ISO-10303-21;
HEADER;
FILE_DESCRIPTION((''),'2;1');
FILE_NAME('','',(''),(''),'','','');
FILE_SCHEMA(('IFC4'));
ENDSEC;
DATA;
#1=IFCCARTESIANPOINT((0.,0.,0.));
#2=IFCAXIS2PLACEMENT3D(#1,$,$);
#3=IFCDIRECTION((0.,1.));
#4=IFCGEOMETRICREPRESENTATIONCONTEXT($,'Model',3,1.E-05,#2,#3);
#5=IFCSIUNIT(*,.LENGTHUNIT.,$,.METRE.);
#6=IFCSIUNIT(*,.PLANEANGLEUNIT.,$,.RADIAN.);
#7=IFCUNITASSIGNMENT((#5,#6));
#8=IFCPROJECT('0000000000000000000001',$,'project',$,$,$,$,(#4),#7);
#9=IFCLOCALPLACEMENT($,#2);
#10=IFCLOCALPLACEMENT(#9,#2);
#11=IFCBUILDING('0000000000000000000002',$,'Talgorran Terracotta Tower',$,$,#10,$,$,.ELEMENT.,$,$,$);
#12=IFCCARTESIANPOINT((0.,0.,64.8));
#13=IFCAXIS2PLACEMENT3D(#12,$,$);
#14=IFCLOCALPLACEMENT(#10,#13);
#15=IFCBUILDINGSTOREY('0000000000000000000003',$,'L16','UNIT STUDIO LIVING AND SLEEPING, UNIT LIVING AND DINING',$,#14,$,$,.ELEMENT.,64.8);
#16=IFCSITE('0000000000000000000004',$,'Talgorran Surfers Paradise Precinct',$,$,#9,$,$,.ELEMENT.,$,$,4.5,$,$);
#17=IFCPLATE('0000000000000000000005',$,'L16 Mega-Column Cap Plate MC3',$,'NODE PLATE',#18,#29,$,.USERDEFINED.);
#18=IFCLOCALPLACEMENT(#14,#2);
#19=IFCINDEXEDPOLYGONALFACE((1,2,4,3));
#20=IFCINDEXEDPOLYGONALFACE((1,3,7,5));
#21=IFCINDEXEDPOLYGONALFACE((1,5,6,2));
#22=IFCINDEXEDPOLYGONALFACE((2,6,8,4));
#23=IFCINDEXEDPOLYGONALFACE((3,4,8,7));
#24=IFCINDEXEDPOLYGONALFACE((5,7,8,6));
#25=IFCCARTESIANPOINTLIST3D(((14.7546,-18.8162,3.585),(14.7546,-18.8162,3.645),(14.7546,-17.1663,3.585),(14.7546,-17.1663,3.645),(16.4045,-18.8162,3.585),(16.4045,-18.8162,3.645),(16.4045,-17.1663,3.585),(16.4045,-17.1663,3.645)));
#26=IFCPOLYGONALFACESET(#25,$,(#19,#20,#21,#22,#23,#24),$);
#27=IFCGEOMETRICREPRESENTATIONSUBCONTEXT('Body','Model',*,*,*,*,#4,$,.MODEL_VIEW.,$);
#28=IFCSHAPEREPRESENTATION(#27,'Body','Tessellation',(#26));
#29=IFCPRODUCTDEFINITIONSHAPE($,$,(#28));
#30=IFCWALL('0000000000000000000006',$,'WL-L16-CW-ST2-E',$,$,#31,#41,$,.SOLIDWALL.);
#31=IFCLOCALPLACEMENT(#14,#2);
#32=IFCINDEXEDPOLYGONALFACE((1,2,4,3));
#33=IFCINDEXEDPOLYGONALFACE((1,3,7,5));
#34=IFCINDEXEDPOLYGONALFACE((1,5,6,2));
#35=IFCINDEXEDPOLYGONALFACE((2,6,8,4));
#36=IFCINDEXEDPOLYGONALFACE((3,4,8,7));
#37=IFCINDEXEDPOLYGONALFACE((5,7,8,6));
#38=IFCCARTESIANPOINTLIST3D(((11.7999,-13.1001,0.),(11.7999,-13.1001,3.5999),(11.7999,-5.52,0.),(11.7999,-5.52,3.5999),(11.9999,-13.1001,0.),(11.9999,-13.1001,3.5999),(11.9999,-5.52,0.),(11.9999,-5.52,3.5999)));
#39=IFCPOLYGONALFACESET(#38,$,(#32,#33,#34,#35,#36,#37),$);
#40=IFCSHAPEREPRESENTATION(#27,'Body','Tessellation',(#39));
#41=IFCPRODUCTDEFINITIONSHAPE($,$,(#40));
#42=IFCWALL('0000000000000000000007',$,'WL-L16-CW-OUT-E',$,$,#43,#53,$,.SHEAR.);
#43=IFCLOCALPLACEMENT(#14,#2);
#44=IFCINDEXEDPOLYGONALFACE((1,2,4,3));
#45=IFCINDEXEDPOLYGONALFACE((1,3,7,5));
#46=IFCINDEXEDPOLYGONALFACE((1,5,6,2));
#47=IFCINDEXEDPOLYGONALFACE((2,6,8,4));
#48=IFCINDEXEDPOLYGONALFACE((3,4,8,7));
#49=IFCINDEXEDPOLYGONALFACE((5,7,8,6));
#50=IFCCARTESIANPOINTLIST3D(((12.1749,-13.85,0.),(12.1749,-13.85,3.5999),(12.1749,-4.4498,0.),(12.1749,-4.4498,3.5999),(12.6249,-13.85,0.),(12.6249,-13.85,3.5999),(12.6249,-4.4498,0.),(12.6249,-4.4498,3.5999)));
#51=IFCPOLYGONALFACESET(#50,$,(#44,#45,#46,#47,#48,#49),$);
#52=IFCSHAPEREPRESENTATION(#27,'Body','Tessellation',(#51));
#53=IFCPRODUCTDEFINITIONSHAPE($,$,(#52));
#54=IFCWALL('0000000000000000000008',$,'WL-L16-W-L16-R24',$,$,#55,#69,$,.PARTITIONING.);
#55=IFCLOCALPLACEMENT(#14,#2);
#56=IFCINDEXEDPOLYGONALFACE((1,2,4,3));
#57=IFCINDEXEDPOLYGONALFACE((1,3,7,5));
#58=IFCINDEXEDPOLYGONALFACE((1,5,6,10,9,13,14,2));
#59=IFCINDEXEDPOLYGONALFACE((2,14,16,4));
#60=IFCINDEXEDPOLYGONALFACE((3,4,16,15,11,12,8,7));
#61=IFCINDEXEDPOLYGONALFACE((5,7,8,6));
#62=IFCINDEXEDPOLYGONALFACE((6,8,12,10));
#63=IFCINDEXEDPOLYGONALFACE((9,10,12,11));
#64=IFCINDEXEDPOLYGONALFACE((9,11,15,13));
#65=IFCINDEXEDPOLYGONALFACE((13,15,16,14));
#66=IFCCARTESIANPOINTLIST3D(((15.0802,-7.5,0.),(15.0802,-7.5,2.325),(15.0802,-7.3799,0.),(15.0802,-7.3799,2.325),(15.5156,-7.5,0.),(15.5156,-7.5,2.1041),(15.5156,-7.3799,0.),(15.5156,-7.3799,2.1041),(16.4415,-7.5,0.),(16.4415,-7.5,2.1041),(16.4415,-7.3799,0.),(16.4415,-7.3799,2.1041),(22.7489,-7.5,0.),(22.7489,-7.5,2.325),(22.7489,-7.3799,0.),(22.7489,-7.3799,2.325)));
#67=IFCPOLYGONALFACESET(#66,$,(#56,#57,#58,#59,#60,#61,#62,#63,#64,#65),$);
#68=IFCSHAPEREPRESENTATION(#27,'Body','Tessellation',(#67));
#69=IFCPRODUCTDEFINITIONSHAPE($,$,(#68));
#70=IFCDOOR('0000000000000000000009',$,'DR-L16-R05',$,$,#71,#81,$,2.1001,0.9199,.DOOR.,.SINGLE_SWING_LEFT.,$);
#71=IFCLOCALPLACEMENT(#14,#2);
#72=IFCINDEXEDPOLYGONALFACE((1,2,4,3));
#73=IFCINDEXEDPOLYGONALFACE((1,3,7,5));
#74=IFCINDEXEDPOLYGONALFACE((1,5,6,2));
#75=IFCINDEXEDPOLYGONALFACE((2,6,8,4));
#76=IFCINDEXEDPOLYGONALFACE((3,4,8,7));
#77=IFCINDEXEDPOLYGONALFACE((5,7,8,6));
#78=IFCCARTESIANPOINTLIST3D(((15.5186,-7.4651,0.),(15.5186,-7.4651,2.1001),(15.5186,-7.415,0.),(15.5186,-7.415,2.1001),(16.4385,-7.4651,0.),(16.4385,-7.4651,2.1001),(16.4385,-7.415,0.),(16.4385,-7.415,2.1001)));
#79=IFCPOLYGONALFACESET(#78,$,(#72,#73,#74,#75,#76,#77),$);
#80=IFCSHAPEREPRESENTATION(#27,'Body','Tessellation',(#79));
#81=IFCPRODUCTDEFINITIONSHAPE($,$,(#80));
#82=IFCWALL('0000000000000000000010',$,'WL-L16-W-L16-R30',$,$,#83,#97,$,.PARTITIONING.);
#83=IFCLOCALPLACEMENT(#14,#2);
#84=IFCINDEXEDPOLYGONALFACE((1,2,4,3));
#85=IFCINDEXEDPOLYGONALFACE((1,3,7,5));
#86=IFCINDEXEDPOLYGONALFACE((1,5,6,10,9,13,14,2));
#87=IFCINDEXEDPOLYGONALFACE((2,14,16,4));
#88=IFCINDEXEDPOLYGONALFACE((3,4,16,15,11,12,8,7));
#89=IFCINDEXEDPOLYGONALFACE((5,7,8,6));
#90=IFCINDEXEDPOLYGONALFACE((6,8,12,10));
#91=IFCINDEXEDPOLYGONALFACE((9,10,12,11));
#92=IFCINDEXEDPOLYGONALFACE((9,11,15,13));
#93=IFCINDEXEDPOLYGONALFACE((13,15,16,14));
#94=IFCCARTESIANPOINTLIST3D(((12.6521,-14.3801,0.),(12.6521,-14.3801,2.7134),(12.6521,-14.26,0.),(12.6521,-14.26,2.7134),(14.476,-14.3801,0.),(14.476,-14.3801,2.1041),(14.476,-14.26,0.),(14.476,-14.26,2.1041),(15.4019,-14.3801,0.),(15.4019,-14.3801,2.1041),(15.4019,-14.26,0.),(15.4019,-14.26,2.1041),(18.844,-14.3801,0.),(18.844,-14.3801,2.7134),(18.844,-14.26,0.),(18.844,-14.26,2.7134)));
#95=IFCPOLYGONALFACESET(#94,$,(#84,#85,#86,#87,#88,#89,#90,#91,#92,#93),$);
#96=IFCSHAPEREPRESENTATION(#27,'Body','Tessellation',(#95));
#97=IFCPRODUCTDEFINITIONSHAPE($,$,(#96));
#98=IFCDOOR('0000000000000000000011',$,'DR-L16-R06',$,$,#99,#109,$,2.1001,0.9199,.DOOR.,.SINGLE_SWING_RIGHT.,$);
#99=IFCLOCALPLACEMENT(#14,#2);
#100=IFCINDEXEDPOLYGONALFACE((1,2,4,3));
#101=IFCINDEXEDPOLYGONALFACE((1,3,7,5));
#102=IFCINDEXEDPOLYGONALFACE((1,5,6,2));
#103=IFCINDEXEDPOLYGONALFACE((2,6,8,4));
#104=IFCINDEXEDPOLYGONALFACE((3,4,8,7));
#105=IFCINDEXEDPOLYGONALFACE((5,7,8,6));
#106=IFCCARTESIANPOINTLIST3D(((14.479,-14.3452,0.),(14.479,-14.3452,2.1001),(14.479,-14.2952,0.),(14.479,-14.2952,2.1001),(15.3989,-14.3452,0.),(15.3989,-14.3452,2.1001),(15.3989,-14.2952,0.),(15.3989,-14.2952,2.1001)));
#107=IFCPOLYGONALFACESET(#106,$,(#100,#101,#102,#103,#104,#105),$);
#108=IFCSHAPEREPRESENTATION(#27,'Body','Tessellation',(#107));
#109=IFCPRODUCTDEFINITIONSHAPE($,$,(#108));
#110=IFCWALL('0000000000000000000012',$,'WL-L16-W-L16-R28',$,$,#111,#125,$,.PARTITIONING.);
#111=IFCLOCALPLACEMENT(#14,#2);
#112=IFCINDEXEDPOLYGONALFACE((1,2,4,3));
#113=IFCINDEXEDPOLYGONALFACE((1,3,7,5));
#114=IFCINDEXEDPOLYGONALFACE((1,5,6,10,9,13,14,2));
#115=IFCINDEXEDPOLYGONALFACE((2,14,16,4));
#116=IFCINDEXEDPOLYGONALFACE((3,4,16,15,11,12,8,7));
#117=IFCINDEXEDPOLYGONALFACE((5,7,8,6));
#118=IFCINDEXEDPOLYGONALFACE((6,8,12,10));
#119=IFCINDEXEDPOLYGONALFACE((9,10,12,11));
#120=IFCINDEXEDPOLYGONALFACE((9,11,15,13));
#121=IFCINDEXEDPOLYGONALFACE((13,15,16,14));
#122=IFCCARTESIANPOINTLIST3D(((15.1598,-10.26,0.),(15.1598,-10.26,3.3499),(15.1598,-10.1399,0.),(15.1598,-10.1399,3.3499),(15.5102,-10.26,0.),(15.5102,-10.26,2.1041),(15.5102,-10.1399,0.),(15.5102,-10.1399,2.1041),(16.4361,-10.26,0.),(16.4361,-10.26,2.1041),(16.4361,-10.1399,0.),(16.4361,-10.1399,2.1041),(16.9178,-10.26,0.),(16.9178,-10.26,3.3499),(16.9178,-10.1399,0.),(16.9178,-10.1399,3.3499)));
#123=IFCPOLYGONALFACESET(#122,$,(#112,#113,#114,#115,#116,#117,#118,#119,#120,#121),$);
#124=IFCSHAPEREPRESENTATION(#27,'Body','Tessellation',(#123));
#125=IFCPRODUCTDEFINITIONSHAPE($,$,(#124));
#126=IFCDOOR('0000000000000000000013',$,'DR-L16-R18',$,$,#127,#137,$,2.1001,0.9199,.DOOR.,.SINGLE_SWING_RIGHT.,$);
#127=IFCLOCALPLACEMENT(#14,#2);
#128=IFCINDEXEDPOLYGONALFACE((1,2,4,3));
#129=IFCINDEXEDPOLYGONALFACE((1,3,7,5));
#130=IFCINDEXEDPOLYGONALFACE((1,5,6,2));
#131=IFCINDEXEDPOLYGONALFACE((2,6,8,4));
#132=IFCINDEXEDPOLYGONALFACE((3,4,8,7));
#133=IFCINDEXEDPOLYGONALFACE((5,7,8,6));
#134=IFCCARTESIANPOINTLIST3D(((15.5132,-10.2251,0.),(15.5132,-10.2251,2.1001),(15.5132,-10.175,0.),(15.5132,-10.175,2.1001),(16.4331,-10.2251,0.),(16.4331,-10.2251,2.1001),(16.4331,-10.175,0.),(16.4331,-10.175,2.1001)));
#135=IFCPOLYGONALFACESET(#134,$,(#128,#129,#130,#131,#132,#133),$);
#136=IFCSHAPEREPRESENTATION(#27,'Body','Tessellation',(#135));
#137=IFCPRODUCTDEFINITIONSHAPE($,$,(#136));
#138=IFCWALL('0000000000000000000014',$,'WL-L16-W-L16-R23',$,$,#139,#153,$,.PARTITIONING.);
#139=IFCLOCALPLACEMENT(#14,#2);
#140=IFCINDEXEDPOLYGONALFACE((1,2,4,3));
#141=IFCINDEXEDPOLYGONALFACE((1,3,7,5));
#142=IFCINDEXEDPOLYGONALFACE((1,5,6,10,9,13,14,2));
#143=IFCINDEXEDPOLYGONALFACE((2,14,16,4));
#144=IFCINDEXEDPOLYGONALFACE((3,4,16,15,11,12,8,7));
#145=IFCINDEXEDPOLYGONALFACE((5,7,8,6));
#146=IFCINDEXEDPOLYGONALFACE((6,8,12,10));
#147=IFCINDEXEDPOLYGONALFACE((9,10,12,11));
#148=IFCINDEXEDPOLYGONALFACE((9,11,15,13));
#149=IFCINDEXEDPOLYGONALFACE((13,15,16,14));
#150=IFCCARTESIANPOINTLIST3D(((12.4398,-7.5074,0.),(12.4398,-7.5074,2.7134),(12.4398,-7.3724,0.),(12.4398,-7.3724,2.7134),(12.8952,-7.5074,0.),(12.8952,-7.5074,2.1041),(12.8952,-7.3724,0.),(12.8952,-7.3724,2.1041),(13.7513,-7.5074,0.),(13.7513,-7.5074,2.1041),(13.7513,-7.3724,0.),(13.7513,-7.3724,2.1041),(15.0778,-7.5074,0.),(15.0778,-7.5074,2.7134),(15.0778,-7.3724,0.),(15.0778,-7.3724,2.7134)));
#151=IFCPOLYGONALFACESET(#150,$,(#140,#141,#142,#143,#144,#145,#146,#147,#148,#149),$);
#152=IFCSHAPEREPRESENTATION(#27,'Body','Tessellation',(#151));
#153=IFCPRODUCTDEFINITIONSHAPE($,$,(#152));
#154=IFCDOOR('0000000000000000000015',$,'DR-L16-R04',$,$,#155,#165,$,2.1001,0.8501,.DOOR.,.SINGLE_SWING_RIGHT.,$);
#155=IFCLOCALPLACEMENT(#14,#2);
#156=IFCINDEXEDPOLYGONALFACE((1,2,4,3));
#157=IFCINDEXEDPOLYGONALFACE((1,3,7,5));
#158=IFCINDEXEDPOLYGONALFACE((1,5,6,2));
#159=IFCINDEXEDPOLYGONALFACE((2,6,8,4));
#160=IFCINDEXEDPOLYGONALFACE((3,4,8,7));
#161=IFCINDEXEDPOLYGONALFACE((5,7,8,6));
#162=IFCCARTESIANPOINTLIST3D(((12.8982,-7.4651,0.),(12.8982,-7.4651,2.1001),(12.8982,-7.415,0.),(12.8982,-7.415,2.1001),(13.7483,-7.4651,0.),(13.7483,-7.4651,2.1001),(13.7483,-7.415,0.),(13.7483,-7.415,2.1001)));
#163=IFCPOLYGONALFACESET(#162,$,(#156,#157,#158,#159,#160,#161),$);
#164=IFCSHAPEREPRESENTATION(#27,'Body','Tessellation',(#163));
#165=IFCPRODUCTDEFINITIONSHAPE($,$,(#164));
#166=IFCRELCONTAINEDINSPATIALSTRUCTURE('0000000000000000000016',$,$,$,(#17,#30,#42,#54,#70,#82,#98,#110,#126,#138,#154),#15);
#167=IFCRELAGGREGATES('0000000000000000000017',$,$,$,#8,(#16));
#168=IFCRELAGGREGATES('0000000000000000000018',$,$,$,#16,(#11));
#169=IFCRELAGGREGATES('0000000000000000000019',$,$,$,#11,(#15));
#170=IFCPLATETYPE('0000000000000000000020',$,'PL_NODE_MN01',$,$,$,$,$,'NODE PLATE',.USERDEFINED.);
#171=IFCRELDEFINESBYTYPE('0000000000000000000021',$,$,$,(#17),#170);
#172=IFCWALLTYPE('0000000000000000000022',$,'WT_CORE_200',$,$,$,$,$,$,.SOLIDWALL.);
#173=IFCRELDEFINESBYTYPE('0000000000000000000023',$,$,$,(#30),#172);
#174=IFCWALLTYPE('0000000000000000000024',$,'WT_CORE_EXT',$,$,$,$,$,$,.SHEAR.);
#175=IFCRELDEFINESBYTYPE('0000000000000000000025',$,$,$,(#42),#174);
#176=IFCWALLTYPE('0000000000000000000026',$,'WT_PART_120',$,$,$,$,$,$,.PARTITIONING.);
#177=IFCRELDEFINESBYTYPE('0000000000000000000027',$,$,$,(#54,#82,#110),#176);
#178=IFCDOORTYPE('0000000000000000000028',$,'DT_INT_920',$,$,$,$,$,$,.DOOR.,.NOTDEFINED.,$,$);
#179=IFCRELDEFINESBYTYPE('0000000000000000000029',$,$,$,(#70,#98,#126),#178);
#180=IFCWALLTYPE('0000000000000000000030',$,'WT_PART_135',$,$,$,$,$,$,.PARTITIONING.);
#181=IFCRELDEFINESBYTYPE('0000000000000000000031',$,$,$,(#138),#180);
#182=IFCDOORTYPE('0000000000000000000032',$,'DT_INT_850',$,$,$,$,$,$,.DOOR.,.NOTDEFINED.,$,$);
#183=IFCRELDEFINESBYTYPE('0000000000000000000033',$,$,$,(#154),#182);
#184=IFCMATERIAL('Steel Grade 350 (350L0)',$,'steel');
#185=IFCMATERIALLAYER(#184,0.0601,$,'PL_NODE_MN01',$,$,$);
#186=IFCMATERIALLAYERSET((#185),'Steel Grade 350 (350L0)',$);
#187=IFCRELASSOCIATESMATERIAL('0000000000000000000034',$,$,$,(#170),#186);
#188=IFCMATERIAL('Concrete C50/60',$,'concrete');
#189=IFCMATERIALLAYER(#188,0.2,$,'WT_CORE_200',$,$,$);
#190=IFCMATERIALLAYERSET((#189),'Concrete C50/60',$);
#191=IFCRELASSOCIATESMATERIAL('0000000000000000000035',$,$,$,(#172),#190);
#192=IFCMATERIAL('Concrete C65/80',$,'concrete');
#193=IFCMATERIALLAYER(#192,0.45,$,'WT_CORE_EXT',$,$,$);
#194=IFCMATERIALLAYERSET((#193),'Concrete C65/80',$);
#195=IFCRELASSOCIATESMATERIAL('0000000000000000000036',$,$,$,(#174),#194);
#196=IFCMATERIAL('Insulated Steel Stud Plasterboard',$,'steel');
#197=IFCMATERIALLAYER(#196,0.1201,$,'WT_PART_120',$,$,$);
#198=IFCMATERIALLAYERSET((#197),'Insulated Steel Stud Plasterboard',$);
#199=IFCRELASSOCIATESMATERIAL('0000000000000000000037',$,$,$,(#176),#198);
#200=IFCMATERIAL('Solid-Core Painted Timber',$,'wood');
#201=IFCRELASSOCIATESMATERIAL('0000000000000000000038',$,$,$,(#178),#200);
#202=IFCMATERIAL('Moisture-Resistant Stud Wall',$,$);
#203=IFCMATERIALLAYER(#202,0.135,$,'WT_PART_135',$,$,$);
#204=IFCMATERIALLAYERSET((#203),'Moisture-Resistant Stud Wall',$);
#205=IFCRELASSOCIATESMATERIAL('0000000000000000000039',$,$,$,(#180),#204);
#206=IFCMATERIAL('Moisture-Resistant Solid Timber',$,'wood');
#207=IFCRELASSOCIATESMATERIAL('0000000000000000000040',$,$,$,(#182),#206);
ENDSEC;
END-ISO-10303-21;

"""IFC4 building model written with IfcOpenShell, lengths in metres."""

from ifc_helpers import new_model, si_unit, direction, frame, frame_2d, origin, origin_2d, place, context, subcontext, project, spatial, rectangle, extrude, material, layer, layer_set, type_object, element, fill, save


model = new_model("IFC4")

# Units and contexts
model_context = context("Model", 3, precision=1e-05, world=origin(), true_north=direction((0.0, 1.0)))
body_context = subcontext(model_context, "Body", "Model", "MODEL_VIEW")
ifc_project = project(units=[si_unit("LENGTHUNIT", "METRE"), si_unit("PLANEANGLEUNIT", "RADIAN")], contexts=[model_context])

# Site, building, storey
site_placement = place(None, origin())
site = spatial("IfcSite", under=ifc_project, at=site_placement, Name="Talgorran Surfers Paradise Precinct", CompositionType="ELEMENT", RefElevation=4.5)
building_placement = place(site_placement, origin())
building = spatial("IfcBuilding", under=site, at=building_placement, Name="Talgorran Terracotta Tower", CompositionType="ELEMENT")
storey_placement = place(building_placement, frame((0.0, 0.0, 64.8)))
storey = spatial("IfcBuildingStorey", under=building, at=storey_placement, Name="L16", Description="UNIT STUDIO LIVING AND SLEEPING, UNIT LIVING AND DINING", CompositionType="ELEMENT", Elevation=64.8)

# Shared definitions
ifc_material_1 = material(Name="Steel Grade 350 (350L0)", Category="steel")

# Plate
ifc_layer_1 = layer(ifc_material_1, 0.0601, Name="PL_NODE_MN01")
ifc_layer_set_1 = layer_set([ifc_layer_1], Name="Steel Grade 350 (350L0)")
plate_type = type_object("IfcPlateType", Name="PL_NODE_MN01", ElementType="NODE PLATE", PredefinedType="USERDEFINED", material=ifc_layer_set_1)
plate_placement = place(storey_placement, frame((15.5796, -17.9912, 3.585), z_axis=(0.0, 0.0, 1.0), x_axis=(1.0, 0.0, 0.0)))
element("IfcPlate", 1, at=plate_placement, inside=storey, type_object=plate_type, Name="L16 Mega-Column Cap Plate MC3", ObjectType="NODE PLATE", PredefinedType="USERDEFINED", context=body_context, shape_type="SweptSolid", body=[
    extrude(rectangle(XDim=1.6499, YDim=1.6499, at=origin_2d()), origin(), (0.0, 0.0, 1.0), 0.0601),
])

# Walls
ifc_material_2 = material(Name="Concrete C50/60", Category="concrete")
ifc_layer_2 = layer(ifc_material_2, 0.2, Name="WT_CORE_200")
ifc_layer_set_2 = layer_set([ifc_layer_2], Name="Concrete C50/60")
wall_type_1 = type_object("IfcWallType", Name="WT_CORE_200", PredefinedType="SOLIDWALL", material=ifc_layer_set_2)
wall_1_placement = place(storey_placement, frame((11.8999, -13.1001, 0.0), z_axis=(0.0, 0.0, 1.0), x_axis=(0.0, 1.0, 0.0)))
element("IfcWall", 2, at=wall_1_placement, inside=storey, type_object=wall_type_1, Name="WL-L16-CW-ST2-E", PredefinedType="SOLIDWALL", context=body_context, shape_type="SweptSolid", body=[
    extrude(rectangle(XDim=7.5801, YDim=0.2, at=frame_2d((3.79, 0.0))), origin(), (0.0, 0.0, 1.0), 3.5999),
])
ifc_material_3 = material(Name="Concrete C65/80", Category="concrete")
ifc_layer_3 = layer(ifc_material_3, 0.45, Name="WT_CORE_EXT")
ifc_layer_set_3 = layer_set([ifc_layer_3], Name="Concrete C65/80")
wall_type_2 = type_object("IfcWallType", Name="WT_CORE_EXT", PredefinedType="SHEAR", material=ifc_layer_set_3)
wall_2_placement = place(storey_placement, frame((12.3999, -13.8501, 0.0), z_axis=(0.0, 0.0, 1.0), x_axis=(0.0, 1.0, 0.0)))
element("IfcWall", 3, at=wall_2_placement, inside=storey, type_object=wall_type_2, Name="WL-L16-CW-OUT-E", PredefinedType="SHEAR", context=body_context, shape_type="SweptSolid", body=[
    extrude(rectangle(XDim=9.4001, YDim=0.45, at=frame_2d((4.7002, 0.0))), origin(), (0.0, 0.0, 1.0), 3.5999),
])

# Walls, openings, doors
ifc_material_4 = material(Name="Insulated Steel Stud Plasterboard", Category="steel")
ifc_layer_4 = layer(ifc_material_4, 0.1201, Name="WT_PART_120")
ifc_layer_set_4 = layer_set([ifc_layer_4], Name="Insulated Steel Stud Plasterboard")
wall_type_3 = type_object("IfcWallType", Name="WT_PART_120", PredefinedType="PARTITIONING", material=ifc_layer_set_4)
wall_3_placement = place(storey_placement, frame((15.0801, -7.4399, 0.0), z_axis=(0.0, 0.0, 1.0), x_axis=(1.0, 0.0, 0.0)))
wall_3 = element("IfcWall", 4, at=wall_3_placement, inside=storey, type_object=wall_type_3, Name="WL-L16-W-L16-R24", PredefinedType="PARTITIONING", context=body_context, shape_type="SweptSolid", body=[
    extrude(rectangle(XDim=7.6687, YDim=0.1201, at=frame_2d((3.8345, 0.0))), origin(), (0.0, 0.0, 1.0), 2.325),
])
opening_1_placement = place(wall_3_placement, frame((0.4385, 0.0, 0.0)))
opening_1 = element("IfcOpeningElement", 5, at=opening_1_placement, cuts=wall_3, PredefinedType="OPENING", context=body_context, shape_type="SweptSolid", body=[
    extrude(rectangle(XDim=0.9259, YDim=2.1041, at=frame_2d((0.46, 1.052))), frame((0.0, 0.0701, 0.0), z_axis=(0.0, -1.0, 0.0), x_axis=(1.0, 0.0, 0.0)), (0.0, 0.0, 1.0), 0.1401),
])
ifc_material_5 = material(Name="Solid-Core Painted Timber", Category="wood")
door_type_1 = type_object("IfcDoorType", Name="DT_INT_920", OperationType="NOTDEFINED", PredefinedType="DOOR", material=ifc_material_5)
door_1_placement = place(opening_1_placement, origin())
door_1 = element("IfcDoor", 6, at=door_1_placement, inside=storey, type_object=door_type_1, Name="DR-L16-R05", OperationType="SINGLE_SWING_LEFT", OverallHeight=2.1001, OverallWidth=0.9199, PredefinedType="DOOR", context=body_context, shape_type="SweptSolid", body=[
    extrude(rectangle(XDim=0.9199, YDim=2.1001, at=frame_2d((0.46, 1.05))), frame((0.0, 0.0249, 0.0), z_axis=(0.0, -1.0, 0.0), x_axis=(1.0, 0.0, 0.0)), (0.0, 0.0, 1.0), 0.05),
])
fill(opening_1, door_1)
wall_4_placement = place(storey_placement, frame((12.6521, -14.3201, 0.0), z_axis=(0.0, 0.0, 1.0), x_axis=(1.0, 0.0, 0.0)))
wall_4 = element("IfcWall", 7, at=wall_4_placement, inside=storey, type_object=wall_type_3, Name="WL-L16-W-L16-R30", PredefinedType="PARTITIONING", context=body_context, shape_type="SweptSolid", body=[
    extrude(rectangle(XDim=6.1919, YDim=0.1201, at=frame_2d((3.0959, 0.0))), origin(), (0.0, 0.0, 1.0), 2.7134),
])
opening_2_placement = place(wall_4_placement, frame((1.8269, 0.0, 0.0)))
opening_2 = element("IfcOpeningElement", 8, at=opening_2_placement, cuts=wall_4, PredefinedType="OPENING", context=body_context, shape_type="SweptSolid", body=[
    extrude(rectangle(XDim=0.9259, YDim=2.1041, at=frame_2d((0.46, 1.052))), frame((0.0, 0.0701, 0.0), z_axis=(0.0, -1.0, 0.0), x_axis=(1.0, 0.0, 0.0)), (0.0, 0.0, 1.0), 0.1401),
])
door_2_placement = place(opening_2_placement, origin())
door_2 = element("IfcDoor", 9, at=door_2_placement, inside=storey, type_object=door_type_1, Name="DR-L16-R06", OperationType="SINGLE_SWING_RIGHT", OverallHeight=2.1001, OverallWidth=0.9199, PredefinedType="DOOR", context=body_context, shape_type="SweptSolid", body=[
    extrude(rectangle(XDim=0.9199, YDim=2.1001, at=frame_2d((0.46, 1.05))), frame((0.0, 0.0249, 0.0), z_axis=(0.0, -1.0, 0.0), x_axis=(1.0, 0.0, 0.0)), (0.0, 0.0, 1.0), 0.05),
])
fill(opening_2, door_2)
wall_5_placement = place(storey_placement, frame((15.1599, -10.2, 0.0), z_axis=(0.0, 0.0, 1.0), x_axis=(1.0, 0.0, 0.0)))
wall_5 = element("IfcWall", 10, at=wall_5_placement, inside=storey, type_object=wall_type_3, Name="WL-L16-W-L16-R28", PredefinedType="PARTITIONING", context=body_context, shape_type="SweptSolid", body=[
    extrude(rectangle(XDim=1.7581, YDim=0.1201, at=frame_2d((0.8789, 0.0))), origin(), (0.0, 0.0, 1.0), 3.3499),
])
opening_3_placement = place(wall_5_placement, frame((0.3533, 0.0, 0.0)))
opening_3 = element("IfcOpeningElement", 11, at=opening_3_placement, cuts=wall_5, PredefinedType="OPENING", context=body_context, shape_type="SweptSolid", body=[
    extrude(rectangle(XDim=0.9259, YDim=2.1041, at=frame_2d((0.46, 1.052))), frame((0.0, 0.0701, 0.0), z_axis=(0.0, -1.0, 0.0), x_axis=(1.0, 0.0, 0.0)), (0.0, 0.0, 1.0), 0.1401),
])
door_3_placement = place(opening_3_placement, origin())
door_3 = element("IfcDoor", 12, at=door_3_placement, inside=storey, type_object=door_type_1, Name="DR-L16-R18", OperationType="SINGLE_SWING_RIGHT", OverallHeight=2.1001, OverallWidth=0.9199, PredefinedType="DOOR", context=body_context, shape_type="SweptSolid", body=[
    extrude(rectangle(XDim=0.9199, YDim=2.1001, at=frame_2d((0.46, 1.05))), frame((0.0, 0.0249, 0.0), z_axis=(0.0, -1.0, 0.0), x_axis=(1.0, 0.0, 0.0)), (0.0, 0.0, 1.0), 0.05),
])
fill(opening_3, door_3)
ifc_material_6 = material(Name="Moisture-Resistant Stud Wall")
ifc_layer_5 = layer(ifc_material_6, 0.135, Name="WT_PART_135")
ifc_layer_set_5 = layer_set([ifc_layer_5], Name="Moisture-Resistant Stud Wall")
wall_type_4 = type_object("IfcWallType", Name="WT_PART_135", PredefinedType="PARTITIONING", material=ifc_layer_set_5)
wall_6_placement = place(storey_placement, frame((12.4399, -7.4399, 0.0), z_axis=(0.0, 0.0, 1.0), x_axis=(1.0, 0.0, 0.0)))
wall_6 = element("IfcWall", 13, at=wall_6_placement, inside=storey, type_object=wall_type_4, Name="WL-L16-W-L16-R23", PredefinedType="PARTITIONING", context=body_context, shape_type="SweptSolid", body=[
    extrude(rectangle(XDim=2.6379, YDim=0.135, at=frame_2d((1.3188, 0.0))), origin(), (0.0, 0.0, 1.0), 2.7134),
])
opening_4_placement = place(wall_6_placement, frame((0.4583, 0.0, 0.0)))
opening_4 = element("IfcOpeningElement", 14, at=opening_4_placement, cuts=wall_6, PredefinedType="OPENING", context=body_context, shape_type="SweptSolid", body=[
    extrude(rectangle(XDim=0.8561, YDim=2.1041, at=frame_2d((0.425, 1.052))), frame((0.0, 0.0776, 0.0), z_axis=(0.0, -1.0, 0.0), x_axis=(1.0, 0.0, 0.0)), (0.0, 0.0, 1.0), 0.155),
])
ifc_material_7 = material(Name="Moisture-Resistant Solid Timber", Category="wood")
door_type_2 = type_object("IfcDoorType", Name="DT_INT_850", OperationType="NOTDEFINED", PredefinedType="DOOR", material=ifc_material_7)
door_4_placement = place(opening_4_placement, origin())
door_4 = element("IfcDoor", 15, at=door_4_placement, inside=storey, type_object=door_type_2, Name="DR-L16-R04", OperationType="SINGLE_SWING_RIGHT", OverallHeight=2.1001, OverallWidth=0.8501, PredefinedType="DOOR", context=body_context, shape_type="SweptSolid", body=[
    extrude(rectangle(XDim=0.8501, YDim=2.1001, at=frame_2d((0.425, 1.05))), frame((0.0, 0.0249, 0.0), z_axis=(0.0, -1.0, 0.0), x_axis=(1.0, 0.0, 0.0)), (0.0, 0.0, 1.0), 0.05),
])
fill(opening_4, door_4)

save(model, "model.ifc")
